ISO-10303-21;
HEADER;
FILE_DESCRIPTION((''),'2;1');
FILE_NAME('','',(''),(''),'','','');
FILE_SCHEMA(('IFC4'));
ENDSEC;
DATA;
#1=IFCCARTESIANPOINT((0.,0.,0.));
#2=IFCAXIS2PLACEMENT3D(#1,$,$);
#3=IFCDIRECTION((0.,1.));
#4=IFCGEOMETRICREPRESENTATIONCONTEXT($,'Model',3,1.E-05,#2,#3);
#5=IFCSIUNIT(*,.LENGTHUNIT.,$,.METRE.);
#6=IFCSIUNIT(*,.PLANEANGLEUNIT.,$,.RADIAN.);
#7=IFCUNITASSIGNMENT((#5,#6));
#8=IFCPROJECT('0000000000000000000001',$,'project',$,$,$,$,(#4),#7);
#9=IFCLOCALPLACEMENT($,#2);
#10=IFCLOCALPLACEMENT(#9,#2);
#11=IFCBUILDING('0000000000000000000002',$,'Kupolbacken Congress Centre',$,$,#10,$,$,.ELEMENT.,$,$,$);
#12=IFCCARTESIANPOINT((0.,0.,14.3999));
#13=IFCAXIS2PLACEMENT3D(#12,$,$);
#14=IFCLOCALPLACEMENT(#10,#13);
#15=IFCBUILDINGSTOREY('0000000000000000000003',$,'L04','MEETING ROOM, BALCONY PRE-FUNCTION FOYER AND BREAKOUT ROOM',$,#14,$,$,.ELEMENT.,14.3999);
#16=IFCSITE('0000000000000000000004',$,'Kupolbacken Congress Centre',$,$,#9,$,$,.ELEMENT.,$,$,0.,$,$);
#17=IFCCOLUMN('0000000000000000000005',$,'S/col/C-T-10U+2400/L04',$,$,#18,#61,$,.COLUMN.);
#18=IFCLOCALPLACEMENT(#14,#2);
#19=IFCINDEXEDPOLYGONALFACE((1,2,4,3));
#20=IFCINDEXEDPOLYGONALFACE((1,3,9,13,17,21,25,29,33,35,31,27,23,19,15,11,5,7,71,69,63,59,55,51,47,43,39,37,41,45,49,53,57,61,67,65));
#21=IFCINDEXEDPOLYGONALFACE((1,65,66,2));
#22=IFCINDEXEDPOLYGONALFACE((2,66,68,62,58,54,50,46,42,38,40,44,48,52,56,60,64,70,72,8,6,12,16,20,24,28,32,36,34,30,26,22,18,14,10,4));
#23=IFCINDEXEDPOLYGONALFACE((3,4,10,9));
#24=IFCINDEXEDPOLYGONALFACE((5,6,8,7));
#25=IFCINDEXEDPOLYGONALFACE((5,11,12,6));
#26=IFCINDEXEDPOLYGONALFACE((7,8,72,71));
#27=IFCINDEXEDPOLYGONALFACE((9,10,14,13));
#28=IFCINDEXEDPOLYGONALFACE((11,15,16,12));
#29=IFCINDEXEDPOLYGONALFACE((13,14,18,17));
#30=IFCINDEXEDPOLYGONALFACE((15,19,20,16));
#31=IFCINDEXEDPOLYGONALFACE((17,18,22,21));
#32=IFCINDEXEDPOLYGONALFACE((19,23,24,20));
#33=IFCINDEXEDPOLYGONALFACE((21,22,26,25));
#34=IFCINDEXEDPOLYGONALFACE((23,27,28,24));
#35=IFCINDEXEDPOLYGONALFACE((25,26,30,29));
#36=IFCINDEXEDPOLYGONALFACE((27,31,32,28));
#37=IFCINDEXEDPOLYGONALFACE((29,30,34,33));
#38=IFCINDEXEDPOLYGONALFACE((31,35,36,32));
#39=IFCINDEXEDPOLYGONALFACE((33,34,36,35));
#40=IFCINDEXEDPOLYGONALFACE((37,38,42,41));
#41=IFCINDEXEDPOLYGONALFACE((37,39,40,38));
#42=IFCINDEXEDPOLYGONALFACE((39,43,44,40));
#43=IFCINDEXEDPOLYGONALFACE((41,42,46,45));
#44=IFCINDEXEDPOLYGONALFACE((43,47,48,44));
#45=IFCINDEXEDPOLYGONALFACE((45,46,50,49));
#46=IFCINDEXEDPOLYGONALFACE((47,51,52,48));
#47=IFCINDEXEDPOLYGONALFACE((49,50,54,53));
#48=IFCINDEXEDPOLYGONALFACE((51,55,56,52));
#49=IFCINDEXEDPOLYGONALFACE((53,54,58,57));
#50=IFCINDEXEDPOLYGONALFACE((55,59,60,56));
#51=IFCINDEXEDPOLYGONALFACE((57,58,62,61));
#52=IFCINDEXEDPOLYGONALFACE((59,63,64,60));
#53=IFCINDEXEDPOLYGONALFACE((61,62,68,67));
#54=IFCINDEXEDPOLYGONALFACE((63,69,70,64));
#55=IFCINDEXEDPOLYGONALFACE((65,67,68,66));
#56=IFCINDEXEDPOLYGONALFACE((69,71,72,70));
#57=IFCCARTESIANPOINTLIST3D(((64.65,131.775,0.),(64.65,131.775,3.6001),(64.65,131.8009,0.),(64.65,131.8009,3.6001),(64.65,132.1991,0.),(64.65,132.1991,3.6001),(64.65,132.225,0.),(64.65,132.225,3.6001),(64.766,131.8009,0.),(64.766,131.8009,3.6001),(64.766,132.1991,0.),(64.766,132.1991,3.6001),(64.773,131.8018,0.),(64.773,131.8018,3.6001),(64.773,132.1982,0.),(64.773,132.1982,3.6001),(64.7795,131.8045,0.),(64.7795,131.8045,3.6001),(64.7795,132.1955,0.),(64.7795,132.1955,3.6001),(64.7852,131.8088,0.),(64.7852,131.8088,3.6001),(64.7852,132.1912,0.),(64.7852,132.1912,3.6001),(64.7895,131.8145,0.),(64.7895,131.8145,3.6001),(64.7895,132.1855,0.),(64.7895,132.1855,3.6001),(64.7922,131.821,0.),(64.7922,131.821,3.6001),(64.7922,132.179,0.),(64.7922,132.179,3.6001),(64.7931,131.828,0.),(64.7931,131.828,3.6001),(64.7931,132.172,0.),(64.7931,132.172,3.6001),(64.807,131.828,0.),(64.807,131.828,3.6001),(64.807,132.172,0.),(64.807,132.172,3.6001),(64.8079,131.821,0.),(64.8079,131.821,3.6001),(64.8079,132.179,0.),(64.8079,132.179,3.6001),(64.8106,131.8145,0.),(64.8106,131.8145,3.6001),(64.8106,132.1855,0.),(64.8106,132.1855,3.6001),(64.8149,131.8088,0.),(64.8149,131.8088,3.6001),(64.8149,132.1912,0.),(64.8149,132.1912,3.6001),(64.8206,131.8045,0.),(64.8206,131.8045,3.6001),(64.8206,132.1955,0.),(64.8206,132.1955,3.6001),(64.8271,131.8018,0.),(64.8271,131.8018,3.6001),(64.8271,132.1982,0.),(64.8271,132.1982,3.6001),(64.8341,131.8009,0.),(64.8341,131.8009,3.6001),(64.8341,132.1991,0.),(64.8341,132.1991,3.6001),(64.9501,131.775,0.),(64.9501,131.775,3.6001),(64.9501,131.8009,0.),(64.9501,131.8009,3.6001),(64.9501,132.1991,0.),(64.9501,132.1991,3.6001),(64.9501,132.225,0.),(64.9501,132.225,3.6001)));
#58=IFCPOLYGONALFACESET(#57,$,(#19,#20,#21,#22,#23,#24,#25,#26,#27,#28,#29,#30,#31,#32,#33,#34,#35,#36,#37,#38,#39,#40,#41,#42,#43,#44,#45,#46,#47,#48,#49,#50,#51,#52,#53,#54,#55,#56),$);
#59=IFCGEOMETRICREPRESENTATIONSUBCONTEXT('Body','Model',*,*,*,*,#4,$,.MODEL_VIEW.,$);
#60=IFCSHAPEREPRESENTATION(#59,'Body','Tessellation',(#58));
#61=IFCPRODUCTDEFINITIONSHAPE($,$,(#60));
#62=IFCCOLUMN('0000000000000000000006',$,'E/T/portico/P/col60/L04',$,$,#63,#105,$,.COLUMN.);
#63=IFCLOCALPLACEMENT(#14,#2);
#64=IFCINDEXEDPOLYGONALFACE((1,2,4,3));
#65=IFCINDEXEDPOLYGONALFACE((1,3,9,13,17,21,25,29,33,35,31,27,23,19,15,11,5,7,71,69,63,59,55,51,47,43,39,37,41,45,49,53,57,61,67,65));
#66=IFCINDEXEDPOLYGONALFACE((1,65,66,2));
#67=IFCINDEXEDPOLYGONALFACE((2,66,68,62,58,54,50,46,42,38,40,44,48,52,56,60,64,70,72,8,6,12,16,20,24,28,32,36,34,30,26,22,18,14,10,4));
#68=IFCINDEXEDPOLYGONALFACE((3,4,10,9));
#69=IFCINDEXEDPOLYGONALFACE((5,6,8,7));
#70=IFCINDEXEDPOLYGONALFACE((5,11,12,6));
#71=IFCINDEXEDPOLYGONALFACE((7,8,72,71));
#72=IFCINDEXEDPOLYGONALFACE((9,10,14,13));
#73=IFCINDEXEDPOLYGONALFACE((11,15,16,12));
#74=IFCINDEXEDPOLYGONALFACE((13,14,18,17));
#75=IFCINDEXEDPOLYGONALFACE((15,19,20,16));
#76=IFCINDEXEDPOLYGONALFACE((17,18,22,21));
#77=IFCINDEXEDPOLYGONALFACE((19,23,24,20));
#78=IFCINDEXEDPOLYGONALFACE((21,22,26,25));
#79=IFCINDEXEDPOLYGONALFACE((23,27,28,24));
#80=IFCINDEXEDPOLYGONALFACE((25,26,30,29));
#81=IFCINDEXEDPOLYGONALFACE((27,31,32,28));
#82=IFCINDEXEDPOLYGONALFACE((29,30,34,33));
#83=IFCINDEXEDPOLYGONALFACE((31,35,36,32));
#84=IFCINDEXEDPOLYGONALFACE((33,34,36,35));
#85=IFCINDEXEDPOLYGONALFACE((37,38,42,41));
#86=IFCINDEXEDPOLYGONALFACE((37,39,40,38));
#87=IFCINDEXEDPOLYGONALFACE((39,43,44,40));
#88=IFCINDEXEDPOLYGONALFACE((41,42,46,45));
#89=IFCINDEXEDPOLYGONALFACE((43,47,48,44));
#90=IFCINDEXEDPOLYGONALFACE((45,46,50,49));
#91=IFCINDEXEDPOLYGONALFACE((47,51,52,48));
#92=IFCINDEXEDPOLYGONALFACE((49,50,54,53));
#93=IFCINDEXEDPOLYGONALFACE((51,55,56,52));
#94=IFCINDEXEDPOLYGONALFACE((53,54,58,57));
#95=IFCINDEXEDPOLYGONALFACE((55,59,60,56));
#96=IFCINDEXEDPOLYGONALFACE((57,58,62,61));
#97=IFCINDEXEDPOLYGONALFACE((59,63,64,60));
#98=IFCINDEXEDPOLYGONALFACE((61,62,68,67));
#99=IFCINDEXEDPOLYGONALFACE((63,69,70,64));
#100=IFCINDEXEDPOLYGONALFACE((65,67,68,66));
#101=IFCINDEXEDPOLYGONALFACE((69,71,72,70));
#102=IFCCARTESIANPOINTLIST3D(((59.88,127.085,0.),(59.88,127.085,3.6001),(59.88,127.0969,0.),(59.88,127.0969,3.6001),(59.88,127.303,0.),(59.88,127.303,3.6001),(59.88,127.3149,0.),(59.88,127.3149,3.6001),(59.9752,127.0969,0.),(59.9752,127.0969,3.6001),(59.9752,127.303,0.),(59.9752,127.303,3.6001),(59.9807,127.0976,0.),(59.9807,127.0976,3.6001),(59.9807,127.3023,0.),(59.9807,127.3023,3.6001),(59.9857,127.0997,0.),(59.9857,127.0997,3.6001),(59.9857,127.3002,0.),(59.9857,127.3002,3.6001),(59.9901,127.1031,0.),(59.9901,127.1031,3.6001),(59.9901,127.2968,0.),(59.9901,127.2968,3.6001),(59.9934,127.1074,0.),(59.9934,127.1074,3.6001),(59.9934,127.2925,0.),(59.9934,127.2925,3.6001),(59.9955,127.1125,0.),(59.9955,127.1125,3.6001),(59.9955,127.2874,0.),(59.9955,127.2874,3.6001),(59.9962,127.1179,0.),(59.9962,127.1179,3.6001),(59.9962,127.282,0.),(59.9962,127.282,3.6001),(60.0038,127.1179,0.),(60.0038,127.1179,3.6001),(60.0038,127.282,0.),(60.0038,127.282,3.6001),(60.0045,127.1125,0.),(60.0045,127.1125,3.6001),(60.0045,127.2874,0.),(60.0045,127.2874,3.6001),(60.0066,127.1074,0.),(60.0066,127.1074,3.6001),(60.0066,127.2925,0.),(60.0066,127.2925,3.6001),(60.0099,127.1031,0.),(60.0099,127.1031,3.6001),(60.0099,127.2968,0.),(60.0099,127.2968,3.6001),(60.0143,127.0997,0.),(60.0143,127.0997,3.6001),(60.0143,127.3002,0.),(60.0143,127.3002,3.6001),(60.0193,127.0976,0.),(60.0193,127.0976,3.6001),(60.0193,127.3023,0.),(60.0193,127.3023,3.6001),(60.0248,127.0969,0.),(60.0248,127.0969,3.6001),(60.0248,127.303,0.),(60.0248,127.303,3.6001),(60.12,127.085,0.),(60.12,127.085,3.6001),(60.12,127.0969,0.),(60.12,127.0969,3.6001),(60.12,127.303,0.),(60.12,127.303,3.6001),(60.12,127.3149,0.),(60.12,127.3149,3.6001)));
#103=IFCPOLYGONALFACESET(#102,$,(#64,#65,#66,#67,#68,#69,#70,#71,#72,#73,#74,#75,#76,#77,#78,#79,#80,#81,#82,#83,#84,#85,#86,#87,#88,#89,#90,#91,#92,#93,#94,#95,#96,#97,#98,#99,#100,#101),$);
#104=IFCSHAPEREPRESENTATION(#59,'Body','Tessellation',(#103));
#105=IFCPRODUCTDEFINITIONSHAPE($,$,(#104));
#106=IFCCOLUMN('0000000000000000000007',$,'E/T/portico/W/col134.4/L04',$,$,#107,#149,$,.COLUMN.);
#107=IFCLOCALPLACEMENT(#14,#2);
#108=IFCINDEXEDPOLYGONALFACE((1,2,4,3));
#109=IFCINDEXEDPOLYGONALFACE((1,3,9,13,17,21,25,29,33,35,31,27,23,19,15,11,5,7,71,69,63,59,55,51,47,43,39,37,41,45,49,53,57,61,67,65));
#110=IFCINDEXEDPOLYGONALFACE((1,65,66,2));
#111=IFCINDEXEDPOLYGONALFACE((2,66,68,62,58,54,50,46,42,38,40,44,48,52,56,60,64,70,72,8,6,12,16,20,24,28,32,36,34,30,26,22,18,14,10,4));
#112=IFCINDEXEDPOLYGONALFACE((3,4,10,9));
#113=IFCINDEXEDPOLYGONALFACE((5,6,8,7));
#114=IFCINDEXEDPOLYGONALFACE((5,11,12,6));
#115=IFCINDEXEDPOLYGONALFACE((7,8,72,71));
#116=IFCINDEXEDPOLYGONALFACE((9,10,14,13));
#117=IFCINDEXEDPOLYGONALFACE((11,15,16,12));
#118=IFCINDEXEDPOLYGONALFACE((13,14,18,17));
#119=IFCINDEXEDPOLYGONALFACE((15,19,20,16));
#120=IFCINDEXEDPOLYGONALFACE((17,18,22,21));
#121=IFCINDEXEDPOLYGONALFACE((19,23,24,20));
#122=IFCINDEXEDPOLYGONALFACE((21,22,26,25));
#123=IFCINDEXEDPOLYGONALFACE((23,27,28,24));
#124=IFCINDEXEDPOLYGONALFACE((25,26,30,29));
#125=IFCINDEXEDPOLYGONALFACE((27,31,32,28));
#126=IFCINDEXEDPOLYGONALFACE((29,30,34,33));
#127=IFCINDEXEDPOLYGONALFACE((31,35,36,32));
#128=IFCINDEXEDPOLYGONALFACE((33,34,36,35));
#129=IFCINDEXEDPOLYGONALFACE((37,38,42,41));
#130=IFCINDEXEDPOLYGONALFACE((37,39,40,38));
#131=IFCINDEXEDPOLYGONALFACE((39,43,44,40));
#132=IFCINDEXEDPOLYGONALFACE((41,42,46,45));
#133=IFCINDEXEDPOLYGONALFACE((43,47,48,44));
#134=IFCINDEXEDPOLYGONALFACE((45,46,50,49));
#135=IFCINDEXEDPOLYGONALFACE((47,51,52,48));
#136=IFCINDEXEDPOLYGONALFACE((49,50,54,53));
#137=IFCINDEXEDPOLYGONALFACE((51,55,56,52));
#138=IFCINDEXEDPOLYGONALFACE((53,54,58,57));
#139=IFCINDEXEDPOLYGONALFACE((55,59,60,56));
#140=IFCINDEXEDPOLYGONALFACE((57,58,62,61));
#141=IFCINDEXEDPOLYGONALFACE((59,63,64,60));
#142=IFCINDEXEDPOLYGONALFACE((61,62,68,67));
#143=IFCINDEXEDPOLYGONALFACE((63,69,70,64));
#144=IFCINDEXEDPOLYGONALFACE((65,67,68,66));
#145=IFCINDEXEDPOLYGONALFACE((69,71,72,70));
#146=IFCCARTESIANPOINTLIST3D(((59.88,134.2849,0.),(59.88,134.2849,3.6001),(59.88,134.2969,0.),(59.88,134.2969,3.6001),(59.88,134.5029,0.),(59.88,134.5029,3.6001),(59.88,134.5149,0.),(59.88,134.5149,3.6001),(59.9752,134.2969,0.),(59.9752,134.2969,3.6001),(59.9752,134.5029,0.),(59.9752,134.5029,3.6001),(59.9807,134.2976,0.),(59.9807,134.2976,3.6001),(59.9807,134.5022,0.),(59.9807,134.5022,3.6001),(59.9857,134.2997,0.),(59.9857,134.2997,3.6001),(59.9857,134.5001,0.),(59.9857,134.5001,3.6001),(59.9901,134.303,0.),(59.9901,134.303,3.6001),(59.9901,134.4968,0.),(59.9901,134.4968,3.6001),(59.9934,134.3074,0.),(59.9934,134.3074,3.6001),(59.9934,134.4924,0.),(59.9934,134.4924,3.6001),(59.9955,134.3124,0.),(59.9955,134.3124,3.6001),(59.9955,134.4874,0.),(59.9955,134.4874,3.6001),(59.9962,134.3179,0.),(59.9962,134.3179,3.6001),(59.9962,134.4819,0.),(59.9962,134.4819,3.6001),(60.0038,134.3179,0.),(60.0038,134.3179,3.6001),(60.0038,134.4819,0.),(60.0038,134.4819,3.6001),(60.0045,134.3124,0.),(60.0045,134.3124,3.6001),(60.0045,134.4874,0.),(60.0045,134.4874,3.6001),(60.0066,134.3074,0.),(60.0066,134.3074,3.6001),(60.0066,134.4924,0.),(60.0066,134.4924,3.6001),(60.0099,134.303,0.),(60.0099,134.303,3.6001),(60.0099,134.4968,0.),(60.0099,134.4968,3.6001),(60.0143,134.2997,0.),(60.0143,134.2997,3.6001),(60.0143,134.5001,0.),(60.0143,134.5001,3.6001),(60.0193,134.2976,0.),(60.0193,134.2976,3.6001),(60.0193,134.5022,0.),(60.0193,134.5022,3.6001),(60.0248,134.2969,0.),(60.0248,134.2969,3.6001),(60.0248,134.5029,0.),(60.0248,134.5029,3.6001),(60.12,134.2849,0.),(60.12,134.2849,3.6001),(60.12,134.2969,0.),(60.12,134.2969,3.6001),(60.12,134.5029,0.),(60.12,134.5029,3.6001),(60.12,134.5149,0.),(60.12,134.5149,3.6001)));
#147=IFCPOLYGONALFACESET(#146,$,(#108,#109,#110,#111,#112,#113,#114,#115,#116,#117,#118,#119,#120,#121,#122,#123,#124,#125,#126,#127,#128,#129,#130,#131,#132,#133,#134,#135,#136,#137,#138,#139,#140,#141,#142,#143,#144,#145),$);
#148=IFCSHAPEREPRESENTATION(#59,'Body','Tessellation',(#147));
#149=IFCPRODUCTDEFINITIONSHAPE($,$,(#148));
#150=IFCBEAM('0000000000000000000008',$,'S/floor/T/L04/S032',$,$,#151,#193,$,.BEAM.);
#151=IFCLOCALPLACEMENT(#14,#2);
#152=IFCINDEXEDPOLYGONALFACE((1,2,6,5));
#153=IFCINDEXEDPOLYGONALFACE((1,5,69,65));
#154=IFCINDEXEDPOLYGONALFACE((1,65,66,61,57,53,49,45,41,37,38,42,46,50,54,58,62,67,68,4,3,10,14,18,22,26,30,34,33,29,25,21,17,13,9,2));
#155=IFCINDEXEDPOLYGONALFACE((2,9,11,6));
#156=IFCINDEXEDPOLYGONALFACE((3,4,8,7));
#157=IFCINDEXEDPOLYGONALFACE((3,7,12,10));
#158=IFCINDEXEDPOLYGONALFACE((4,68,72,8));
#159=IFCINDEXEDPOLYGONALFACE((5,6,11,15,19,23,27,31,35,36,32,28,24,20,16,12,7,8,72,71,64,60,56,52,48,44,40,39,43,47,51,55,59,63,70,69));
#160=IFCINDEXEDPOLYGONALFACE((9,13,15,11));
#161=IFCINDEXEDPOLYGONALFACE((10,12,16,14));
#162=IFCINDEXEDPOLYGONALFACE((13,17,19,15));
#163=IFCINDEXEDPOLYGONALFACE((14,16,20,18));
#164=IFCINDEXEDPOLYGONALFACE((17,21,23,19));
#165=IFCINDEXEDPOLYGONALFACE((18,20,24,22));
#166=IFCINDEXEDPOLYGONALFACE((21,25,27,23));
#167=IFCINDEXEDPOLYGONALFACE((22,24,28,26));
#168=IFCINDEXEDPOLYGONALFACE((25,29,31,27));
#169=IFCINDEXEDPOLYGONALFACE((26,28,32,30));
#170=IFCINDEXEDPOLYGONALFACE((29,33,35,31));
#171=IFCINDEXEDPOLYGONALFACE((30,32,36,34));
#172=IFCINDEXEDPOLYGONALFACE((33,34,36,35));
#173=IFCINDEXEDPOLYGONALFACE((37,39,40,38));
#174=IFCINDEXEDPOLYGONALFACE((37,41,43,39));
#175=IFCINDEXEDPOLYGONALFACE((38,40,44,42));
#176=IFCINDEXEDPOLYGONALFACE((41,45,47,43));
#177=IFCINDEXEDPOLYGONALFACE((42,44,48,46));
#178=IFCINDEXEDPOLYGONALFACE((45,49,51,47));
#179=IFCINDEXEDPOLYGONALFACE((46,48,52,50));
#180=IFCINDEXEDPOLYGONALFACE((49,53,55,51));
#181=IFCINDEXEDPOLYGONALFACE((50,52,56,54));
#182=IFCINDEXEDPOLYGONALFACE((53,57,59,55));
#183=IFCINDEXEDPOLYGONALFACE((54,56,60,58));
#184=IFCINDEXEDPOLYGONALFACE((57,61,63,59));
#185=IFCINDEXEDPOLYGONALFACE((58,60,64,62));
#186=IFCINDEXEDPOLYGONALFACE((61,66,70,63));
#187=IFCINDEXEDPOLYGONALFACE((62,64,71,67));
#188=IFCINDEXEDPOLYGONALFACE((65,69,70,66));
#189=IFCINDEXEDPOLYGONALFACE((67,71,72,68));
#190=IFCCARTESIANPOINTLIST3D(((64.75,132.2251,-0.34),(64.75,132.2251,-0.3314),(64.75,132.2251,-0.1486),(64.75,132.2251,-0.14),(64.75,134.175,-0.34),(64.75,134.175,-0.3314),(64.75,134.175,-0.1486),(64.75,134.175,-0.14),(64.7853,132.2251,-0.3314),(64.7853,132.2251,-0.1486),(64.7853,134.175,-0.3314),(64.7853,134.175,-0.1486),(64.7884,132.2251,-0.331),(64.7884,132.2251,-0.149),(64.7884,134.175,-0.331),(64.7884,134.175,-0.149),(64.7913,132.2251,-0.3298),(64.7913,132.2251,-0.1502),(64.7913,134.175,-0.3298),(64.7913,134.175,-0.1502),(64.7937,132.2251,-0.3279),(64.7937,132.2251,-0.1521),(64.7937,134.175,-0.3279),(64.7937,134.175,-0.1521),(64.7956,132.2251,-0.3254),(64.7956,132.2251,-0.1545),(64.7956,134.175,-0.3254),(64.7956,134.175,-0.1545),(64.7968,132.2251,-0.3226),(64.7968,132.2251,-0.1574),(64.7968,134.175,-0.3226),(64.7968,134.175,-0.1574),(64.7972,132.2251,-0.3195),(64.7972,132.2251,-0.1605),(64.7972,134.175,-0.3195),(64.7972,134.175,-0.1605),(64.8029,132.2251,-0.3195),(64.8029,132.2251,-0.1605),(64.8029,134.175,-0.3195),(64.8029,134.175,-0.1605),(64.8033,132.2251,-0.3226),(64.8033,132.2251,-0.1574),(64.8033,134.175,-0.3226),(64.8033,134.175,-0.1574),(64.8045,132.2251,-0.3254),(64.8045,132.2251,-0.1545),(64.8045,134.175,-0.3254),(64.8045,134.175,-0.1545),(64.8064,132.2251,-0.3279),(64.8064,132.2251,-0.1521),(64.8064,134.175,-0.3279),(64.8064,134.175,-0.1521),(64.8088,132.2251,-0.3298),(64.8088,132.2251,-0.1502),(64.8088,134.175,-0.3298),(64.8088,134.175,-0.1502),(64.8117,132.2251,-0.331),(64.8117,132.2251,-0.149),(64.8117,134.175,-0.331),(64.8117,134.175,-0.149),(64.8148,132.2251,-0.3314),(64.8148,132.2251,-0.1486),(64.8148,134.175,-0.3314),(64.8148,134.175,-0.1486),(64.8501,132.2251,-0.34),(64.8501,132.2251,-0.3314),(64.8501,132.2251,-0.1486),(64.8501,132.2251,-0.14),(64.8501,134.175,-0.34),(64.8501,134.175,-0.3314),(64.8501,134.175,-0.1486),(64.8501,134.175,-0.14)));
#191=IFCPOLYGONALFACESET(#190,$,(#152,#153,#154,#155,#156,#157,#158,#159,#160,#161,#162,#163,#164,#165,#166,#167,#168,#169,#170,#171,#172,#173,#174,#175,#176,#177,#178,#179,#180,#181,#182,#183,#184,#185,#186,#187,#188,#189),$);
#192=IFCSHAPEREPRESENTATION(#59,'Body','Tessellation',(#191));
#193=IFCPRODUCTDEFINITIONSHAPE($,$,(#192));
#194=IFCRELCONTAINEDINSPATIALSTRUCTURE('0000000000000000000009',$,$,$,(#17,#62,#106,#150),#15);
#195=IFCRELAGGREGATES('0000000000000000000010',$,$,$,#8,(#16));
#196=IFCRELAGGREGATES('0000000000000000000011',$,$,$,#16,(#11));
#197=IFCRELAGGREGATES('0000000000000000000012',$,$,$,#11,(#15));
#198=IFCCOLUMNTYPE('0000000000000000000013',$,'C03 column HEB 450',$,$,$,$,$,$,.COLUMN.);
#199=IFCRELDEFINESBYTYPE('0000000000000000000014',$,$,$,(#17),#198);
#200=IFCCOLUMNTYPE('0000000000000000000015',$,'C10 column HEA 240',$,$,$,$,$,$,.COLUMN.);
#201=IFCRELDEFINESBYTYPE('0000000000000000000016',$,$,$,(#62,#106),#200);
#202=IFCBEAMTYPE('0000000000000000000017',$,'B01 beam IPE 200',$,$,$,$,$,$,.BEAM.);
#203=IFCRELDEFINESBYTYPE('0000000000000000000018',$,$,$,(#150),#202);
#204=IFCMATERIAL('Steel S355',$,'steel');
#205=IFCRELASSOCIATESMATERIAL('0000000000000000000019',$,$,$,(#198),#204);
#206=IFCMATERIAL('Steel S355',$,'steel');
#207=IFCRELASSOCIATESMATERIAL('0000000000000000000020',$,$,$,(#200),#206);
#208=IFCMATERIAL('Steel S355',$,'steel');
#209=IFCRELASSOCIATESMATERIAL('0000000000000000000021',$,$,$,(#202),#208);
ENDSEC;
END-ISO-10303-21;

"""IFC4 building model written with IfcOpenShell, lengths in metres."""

from ifc_helpers import new_model, si_unit, direction, frame, origin, origin_2d, place, context, subcontext, project, spatial, i_section, extrude, material, material_profile, profile_set, type_object, element, save


model = new_model("IFC4")

# Units and contexts
model_context = context("Model", 3, precision=1e-05, world=origin(), true_north=direction((0.0, 1.0)))
body_context = subcontext(model_context, "Body", "Model", "MODEL_VIEW")
ifc_project = project(units=[si_unit("LENGTHUNIT", "METRE"), si_unit("PLANEANGLEUNIT", "RADIAN")], contexts=[model_context])

# Site, building, storey
site_placement = place(None, origin())
site = spatial("IfcSite", under=ifc_project, at=site_placement, Name="Kupolbacken Congress Centre", CompositionType="ELEMENT", RefElevation=0.0)
building_placement = place(site_placement, origin())
building = spatial("IfcBuilding", under=site, at=building_placement, Name="Kupolbacken Congress Centre", CompositionType="ELEMENT")
storey_placement = place(building_placement, frame((0.0, 0.0, 14.3999)))
storey = spatial("IfcBuildingStorey", under=building, at=storey_placement, Name="L04", Description="MEETING ROOM, BALCONY PRE-FUNCTION FOYER AND BREAKOUT ROOM", CompositionType="ELEMENT", Elevation=14.3999)

# Columns
ifc_material_1 = material(Name="Steel S355", Category="steel")
ifc_material_profile_1 = material_profile(ifc_material_1, i_section(OverallWidth=0.3, OverallDepth=0.45, WebThickness=0.0139, FlangeThickness=0.0259, FilletRadius=0.0271, at=origin_2d()), Name="HEB 450")
ifc_profile_set_1 = profile_set([ifc_material_profile_1], Name="Steel S355")
column_type_1 = type_object("IfcColumnType", Name="C03 column HEB 450", PredefinedType="COLUMN", material=ifc_profile_set_1)
column_placement = place(storey_placement, frame((64.8, 132.0, 0.0), z_axis=(0.0, 0.0, 1.0), x_axis=(1.0, 0.0, 0.0)))
element("IfcColumn", 1, at=column_placement, inside=storey, type_object=column_type_1, Name="S/col/C-T-10U+2400/L04", PredefinedType="COLUMN", context=body_context, shape_type="SweptSolid", body=[
    extrude(i_section(OverallWidth=0.3, OverallDepth=0.45, WebThickness=0.0139, FlangeThickness=0.0259, FilletRadius=0.0271, at=origin_2d()), origin(), (0.0, 0.0, 1.0), 3.6001),
])
ifc_material_2 = material(Name="Steel S355", Category="steel")
ifc_material_profile_2 = material_profile(ifc_material_2, i_section(OverallWidth=0.24, OverallDepth=0.23, WebThickness=0.0076, FlangeThickness=0.012, FilletRadius=0.021, at=origin_2d()), Name="HEA 240")
ifc_profile_set_2 = profile_set([ifc_material_profile_2], Name="Steel S355")
column_type_2 = type_object("IfcColumnType", Name="C10 column HEA 240", PredefinedType="COLUMN", material=ifc_profile_set_2)
for number, where, z_axis, x_axis, name in (
    (2, (60.0, 127.2, 0.0), (0.0, 0.0, 1.0), (1.0, 0.0, 0.0), "E/T/portico/P/col60/L04"),
    (3, (60.0, 134.3999, 0.0), (0.0, 0.0, 1.0), (1.0, 0.0, 0.0), "E/T/portico/W/col134.4/L04"),
):
    element("IfcColumn", number, at=place(storey_placement, frame(where, z_axis=z_axis, x_axis=x_axis)), inside=storey, type_object=column_type_2, Name=name, PredefinedType="COLUMN", context=body_context, shape_type="SweptSolid", body=[
        extrude(i_section(OverallWidth=0.24, OverallDepth=0.23, WebThickness=0.0076, FlangeThickness=0.012, FilletRadius=0.021, at=origin_2d()), origin(), (0.0, 0.0, 1.0), 3.6001),
    ])

# Beam
ifc_material_3 = material(Name="Steel S355", Category="steel")
ifc_material_profile_3 = material_profile(ifc_material_3, i_section(OverallWidth=0.1001, OverallDepth=0.2, WebThickness=0.0056, FlangeThickness=0.0085, FilletRadius=0.012, at=origin_2d()), Name="IPE 200")
ifc_profile_set_3 = profile_set([ifc_material_profile_3], Name="Steel S355")
beam_type_1 = type_object("IfcBeamType", Name="B01 beam IPE 200", PredefinedType="BEAM", material=ifc_profile_set_3)
beam_1_placement = place(storey_placement, frame((64.8, 132.2251, -0.24), z_axis=(0.0, 1.0, 0.0), x_axis=(-1.0, 0.0, 0.0)))
element("IfcBeam", 4, at=beam_1_placement, inside=storey, type_object=beam_type_1, Name="S/floor/T/L04/S032", PredefinedType="BEAM", context=body_context, shape_type="SweptSolid", body=[
    extrude(i_section(OverallWidth=0.1001, OverallDepth=0.2, WebThickness=0.0056, FlangeThickness=0.0085, FilletRadius=0.012, at=origin_2d()), origin(), (0.0, 0.0, 1.0), 1.95),
])

save(model, "model.ifc")
